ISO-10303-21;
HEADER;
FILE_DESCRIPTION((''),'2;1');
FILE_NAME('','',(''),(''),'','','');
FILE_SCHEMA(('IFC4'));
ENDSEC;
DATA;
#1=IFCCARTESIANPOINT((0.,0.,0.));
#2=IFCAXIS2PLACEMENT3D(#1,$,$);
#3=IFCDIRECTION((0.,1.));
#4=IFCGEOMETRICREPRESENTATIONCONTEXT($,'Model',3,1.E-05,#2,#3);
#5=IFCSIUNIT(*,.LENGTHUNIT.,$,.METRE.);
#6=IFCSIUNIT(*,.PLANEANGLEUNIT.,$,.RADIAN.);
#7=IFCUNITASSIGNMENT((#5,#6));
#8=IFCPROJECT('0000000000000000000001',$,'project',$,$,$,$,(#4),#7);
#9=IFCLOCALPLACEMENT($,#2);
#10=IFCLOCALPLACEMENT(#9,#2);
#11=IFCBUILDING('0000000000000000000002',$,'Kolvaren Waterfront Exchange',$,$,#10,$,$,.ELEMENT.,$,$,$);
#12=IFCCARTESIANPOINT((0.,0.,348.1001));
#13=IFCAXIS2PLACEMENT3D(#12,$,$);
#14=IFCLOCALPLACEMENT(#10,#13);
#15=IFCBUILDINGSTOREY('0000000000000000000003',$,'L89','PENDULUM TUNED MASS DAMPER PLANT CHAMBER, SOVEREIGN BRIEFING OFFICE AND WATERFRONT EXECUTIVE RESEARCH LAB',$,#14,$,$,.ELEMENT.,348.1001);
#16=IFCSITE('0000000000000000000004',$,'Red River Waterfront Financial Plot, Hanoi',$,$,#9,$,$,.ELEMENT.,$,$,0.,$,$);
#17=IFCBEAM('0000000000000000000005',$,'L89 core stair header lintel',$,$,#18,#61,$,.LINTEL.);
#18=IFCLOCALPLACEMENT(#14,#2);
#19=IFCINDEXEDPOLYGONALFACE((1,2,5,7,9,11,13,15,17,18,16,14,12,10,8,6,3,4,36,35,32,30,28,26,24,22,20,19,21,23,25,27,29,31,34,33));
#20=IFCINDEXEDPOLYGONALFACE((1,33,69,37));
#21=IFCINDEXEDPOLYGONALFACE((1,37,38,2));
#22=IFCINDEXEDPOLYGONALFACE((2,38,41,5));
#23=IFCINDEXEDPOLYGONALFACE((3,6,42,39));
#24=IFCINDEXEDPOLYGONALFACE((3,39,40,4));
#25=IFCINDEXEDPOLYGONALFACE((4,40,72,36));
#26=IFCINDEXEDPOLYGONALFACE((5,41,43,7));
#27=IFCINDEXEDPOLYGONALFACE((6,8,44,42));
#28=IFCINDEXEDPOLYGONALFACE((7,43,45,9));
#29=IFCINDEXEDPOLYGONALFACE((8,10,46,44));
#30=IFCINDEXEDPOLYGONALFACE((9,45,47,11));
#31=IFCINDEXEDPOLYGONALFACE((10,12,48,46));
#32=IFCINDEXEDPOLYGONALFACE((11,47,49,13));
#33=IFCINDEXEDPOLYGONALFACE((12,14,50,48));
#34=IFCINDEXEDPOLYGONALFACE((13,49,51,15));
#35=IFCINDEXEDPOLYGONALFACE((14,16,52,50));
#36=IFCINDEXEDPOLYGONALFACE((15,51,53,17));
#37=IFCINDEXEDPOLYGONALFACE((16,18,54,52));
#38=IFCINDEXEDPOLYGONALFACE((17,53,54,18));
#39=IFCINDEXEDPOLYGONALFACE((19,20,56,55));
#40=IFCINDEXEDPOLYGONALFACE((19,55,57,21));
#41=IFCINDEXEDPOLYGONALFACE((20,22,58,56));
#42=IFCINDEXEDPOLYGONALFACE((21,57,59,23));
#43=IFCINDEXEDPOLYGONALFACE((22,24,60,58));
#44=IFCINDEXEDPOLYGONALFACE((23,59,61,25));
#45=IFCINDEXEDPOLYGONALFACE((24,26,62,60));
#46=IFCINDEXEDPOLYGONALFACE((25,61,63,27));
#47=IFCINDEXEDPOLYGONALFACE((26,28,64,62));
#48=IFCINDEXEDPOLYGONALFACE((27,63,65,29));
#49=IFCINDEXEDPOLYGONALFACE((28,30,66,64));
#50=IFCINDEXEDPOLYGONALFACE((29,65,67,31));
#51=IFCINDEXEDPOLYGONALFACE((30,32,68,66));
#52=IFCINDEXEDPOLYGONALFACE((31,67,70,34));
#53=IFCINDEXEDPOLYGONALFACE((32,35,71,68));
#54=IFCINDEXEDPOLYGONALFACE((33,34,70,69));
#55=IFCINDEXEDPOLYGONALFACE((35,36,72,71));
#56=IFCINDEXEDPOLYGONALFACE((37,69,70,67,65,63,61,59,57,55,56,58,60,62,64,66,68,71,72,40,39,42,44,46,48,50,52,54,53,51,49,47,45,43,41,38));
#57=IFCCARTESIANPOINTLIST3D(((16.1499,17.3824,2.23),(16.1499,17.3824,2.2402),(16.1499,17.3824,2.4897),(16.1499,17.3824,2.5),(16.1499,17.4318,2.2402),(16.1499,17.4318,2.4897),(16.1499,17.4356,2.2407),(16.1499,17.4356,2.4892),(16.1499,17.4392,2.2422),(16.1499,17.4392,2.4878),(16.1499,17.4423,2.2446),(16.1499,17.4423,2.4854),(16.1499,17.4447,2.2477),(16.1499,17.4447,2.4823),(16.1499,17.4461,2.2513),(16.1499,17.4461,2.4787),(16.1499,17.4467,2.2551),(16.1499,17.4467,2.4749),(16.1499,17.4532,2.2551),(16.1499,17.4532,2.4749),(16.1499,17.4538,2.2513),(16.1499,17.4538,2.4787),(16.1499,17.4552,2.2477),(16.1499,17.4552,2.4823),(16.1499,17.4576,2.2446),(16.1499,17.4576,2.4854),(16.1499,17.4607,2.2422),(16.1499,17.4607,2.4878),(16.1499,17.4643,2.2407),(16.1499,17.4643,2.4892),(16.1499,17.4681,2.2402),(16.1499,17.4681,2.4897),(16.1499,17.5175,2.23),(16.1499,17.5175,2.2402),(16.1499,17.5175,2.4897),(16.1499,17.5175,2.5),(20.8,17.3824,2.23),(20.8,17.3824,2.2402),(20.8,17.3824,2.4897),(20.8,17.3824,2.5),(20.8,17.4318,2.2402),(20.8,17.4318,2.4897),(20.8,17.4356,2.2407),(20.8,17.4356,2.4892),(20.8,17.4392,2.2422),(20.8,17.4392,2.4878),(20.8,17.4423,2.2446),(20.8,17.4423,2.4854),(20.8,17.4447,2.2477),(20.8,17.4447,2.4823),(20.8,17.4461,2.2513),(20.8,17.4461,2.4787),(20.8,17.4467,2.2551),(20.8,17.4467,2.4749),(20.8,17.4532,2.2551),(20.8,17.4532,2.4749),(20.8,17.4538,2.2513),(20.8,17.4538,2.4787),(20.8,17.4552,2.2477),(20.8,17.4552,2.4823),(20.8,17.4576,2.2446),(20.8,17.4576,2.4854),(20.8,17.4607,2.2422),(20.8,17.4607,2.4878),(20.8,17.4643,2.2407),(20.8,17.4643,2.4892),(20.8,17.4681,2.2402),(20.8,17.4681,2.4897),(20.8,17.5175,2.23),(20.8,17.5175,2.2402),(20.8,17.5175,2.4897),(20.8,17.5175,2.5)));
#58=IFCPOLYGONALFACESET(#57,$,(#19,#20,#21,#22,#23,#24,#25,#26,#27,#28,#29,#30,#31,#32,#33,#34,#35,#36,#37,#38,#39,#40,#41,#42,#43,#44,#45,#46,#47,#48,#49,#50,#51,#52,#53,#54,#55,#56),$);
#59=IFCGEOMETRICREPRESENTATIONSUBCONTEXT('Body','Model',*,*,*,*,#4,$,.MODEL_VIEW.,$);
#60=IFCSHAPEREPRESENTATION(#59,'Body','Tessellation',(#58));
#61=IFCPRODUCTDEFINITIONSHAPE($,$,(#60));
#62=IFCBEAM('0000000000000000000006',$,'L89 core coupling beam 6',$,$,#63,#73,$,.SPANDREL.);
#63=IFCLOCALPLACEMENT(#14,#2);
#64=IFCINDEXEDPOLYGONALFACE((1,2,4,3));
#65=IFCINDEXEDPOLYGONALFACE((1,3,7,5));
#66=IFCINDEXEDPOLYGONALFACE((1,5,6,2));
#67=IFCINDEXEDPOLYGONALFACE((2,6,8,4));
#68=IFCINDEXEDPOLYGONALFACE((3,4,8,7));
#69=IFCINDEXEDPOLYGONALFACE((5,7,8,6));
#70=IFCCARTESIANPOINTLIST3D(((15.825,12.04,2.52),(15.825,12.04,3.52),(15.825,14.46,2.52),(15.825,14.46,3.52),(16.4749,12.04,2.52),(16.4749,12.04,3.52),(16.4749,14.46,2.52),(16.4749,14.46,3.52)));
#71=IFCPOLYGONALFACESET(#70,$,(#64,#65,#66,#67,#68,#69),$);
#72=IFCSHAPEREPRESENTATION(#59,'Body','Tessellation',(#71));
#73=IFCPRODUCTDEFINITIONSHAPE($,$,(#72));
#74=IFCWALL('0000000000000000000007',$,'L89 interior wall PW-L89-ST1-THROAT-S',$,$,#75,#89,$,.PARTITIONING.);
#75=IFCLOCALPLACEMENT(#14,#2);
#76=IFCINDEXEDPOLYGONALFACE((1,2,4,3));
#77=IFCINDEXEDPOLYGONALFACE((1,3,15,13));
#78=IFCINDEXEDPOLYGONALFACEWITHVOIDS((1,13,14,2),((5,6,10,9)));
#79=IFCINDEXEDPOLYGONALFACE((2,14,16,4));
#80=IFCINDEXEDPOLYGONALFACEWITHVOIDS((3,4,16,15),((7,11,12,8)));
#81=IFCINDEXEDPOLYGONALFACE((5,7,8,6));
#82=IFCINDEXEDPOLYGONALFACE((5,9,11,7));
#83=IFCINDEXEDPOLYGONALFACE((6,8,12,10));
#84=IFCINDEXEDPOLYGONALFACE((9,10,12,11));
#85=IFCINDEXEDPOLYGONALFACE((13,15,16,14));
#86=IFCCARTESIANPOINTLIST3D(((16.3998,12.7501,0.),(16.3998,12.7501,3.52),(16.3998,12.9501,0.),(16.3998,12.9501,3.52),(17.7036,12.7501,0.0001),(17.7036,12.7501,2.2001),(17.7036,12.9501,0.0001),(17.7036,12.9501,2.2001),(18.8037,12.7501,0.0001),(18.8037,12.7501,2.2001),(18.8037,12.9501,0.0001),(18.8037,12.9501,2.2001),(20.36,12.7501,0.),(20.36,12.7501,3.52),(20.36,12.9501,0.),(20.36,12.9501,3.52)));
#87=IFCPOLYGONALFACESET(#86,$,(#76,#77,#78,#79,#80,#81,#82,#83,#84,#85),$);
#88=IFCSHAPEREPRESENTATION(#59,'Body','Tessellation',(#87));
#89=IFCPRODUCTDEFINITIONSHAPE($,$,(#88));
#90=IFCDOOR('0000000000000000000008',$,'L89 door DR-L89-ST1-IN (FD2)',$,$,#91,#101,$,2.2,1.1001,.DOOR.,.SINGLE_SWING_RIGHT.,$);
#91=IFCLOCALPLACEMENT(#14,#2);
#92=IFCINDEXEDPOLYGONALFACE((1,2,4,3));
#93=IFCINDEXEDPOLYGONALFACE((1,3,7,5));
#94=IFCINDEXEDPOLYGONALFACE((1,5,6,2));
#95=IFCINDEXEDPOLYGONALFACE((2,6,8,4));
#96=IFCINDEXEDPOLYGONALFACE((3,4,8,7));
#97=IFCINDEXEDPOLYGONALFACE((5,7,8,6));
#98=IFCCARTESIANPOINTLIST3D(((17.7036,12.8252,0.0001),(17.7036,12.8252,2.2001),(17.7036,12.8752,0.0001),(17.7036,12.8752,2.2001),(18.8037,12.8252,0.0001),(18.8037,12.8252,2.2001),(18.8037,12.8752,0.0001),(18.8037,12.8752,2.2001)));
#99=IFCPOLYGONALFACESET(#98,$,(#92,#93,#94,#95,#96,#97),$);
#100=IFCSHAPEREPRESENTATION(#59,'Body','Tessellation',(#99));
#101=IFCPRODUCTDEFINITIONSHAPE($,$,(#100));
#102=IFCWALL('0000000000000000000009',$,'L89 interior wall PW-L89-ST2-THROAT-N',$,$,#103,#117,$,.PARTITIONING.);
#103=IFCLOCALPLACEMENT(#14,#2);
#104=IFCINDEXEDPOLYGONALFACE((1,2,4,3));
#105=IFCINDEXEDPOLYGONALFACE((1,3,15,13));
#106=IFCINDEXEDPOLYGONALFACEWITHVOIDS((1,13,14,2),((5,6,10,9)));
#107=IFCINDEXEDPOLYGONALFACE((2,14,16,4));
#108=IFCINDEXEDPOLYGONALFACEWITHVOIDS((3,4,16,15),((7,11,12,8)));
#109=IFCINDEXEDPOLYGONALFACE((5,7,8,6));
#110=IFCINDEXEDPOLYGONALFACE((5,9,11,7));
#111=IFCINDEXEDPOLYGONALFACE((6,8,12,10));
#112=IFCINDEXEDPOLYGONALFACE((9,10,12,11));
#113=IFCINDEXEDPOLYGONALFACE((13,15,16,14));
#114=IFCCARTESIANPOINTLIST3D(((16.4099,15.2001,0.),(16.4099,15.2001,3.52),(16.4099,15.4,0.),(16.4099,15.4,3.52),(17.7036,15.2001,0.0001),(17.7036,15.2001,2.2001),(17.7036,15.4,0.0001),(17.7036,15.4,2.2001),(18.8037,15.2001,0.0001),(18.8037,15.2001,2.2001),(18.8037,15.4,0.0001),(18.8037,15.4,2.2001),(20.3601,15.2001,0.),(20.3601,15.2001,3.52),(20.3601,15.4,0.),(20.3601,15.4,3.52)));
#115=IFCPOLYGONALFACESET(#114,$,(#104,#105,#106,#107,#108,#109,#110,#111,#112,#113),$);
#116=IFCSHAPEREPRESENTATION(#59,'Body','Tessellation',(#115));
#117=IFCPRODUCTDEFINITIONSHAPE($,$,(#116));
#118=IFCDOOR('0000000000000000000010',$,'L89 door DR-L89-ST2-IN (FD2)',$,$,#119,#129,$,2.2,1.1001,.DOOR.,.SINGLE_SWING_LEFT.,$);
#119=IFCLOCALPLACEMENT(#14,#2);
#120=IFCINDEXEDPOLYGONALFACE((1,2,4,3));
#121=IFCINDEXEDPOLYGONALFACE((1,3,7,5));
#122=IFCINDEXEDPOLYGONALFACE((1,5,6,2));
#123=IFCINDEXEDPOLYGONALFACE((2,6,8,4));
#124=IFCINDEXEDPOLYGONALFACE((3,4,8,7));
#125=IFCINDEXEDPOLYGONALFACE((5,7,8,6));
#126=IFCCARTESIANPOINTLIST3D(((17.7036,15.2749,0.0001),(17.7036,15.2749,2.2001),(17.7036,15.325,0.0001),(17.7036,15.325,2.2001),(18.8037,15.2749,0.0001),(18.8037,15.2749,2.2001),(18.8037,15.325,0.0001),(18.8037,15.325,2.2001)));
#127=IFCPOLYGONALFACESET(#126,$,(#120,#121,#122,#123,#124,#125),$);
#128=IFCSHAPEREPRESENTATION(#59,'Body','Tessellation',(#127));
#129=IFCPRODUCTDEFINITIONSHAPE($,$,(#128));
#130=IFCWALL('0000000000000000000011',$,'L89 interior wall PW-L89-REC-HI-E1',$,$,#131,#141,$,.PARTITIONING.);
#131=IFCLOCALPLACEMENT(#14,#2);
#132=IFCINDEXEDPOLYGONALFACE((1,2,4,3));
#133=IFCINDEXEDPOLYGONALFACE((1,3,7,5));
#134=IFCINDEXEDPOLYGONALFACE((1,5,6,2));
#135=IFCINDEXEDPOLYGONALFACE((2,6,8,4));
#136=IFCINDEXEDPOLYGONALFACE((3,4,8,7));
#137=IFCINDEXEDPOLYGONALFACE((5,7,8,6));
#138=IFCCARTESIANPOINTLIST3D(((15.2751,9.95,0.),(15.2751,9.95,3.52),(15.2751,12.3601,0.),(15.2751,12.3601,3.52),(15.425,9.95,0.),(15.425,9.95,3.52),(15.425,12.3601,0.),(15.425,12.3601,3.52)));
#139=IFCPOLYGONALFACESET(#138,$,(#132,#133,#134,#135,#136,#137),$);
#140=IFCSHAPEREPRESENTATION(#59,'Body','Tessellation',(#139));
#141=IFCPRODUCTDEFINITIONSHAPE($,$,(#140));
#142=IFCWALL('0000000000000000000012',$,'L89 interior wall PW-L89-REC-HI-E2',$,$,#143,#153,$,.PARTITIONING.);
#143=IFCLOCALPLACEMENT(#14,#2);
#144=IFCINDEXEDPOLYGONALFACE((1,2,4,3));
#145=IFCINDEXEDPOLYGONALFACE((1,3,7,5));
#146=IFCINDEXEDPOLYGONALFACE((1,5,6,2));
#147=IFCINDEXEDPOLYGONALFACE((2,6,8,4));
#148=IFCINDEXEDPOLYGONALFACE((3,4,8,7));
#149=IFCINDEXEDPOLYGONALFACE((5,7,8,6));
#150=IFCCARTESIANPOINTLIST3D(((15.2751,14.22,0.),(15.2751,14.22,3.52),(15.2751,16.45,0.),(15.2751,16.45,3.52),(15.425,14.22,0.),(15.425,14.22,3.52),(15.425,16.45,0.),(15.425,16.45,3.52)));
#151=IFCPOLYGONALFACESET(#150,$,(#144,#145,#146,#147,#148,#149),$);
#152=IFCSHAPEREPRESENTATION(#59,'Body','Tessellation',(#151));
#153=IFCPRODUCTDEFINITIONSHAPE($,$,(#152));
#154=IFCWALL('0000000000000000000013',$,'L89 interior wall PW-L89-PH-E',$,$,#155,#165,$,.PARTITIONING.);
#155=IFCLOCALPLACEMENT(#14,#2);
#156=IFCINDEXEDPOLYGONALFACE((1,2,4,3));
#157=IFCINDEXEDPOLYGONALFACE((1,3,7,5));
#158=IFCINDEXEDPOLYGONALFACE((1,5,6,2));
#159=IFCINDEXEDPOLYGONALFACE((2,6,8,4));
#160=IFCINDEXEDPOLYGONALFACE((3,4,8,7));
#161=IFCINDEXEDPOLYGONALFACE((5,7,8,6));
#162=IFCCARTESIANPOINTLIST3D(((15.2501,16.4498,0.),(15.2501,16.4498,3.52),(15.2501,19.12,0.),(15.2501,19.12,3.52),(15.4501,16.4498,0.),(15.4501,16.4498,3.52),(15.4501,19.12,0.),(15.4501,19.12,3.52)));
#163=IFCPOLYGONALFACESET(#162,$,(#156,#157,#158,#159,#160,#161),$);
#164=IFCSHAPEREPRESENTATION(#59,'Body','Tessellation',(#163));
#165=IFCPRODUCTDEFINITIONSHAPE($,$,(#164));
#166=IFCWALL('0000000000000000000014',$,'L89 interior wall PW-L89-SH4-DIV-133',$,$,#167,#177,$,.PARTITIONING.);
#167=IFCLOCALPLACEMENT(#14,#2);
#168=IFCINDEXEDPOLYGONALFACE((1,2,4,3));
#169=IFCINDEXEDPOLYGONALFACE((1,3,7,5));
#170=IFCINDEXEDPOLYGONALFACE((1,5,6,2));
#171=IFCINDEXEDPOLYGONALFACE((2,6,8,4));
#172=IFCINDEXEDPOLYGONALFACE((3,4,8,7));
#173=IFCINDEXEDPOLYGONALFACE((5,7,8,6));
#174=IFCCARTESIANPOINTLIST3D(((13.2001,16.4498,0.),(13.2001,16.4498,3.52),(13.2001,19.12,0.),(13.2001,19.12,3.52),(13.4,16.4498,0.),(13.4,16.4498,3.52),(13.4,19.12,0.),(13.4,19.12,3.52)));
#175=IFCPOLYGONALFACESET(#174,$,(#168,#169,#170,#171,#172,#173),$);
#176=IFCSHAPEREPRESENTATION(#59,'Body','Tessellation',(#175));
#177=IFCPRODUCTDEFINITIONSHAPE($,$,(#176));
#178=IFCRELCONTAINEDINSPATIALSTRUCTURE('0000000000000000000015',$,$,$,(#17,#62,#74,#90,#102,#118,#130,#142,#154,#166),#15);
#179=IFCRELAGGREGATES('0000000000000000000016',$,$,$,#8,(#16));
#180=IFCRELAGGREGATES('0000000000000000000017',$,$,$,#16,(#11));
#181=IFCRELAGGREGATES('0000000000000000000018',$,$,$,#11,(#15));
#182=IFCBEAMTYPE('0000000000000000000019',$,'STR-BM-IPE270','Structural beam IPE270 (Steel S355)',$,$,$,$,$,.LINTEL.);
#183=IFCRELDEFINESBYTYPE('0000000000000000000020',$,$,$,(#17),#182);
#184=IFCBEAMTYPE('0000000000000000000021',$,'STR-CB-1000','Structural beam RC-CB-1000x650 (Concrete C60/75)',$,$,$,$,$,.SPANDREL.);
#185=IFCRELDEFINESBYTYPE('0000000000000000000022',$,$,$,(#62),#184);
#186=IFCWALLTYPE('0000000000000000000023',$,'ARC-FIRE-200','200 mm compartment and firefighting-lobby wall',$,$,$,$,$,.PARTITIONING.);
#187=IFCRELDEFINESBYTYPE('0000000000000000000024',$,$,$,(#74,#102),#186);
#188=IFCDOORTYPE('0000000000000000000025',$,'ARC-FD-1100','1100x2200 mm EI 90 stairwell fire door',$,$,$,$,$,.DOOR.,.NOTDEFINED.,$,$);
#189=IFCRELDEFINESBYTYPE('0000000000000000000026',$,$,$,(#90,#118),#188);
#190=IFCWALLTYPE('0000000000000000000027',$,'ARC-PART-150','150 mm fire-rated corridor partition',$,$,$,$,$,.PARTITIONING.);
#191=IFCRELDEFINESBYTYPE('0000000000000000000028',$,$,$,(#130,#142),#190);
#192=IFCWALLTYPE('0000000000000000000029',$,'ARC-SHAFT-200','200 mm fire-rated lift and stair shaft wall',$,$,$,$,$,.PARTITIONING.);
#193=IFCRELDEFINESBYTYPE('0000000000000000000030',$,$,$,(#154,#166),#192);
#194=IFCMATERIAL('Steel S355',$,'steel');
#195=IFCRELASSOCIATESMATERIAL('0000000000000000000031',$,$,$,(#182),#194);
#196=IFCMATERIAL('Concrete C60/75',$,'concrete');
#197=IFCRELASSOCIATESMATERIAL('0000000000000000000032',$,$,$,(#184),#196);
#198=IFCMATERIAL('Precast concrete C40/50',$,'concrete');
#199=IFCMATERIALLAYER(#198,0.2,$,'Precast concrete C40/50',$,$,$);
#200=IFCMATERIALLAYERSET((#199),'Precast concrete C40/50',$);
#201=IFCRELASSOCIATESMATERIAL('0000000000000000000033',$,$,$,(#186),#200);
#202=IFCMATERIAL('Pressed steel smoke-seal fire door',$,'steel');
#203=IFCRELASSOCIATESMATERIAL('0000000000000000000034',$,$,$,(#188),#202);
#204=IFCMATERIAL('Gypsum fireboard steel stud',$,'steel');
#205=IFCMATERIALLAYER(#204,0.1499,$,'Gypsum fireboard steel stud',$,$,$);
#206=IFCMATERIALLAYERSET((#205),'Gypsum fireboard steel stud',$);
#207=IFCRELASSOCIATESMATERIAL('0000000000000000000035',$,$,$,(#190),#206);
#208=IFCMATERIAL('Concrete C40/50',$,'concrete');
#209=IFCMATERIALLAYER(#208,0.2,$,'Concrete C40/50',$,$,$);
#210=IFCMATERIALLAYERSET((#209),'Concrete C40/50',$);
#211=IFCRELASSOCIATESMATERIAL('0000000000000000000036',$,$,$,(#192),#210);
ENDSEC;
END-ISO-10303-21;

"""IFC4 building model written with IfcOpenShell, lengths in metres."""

from ifc_helpers import new_model, si_unit, direction, frame, frame_2d, origin, origin_2d, place, context, subcontext, project, spatial, rectangle, i_section, extrude, material, layer, layer_set, material_profile, profile_set, type_object, element, fill, save


model = new_model("IFC4")

# Units and contexts
model_context = context("Model", 3, precision=1e-05, world=origin(), true_north=direction((0.0, 1.0)))
body_context = subcontext(model_context, "Body", "Model", "MODEL_VIEW")
ifc_project = project(units=[si_unit("LENGTHUNIT", "METRE"), si_unit("PLANEANGLEUNIT", "RADIAN")], contexts=[model_context])

# Site, building, storey
site_placement = place(None, origin())
site = spatial("IfcSite", under=ifc_project, at=site_placement, Name="Red River Waterfront Financial Plot, Hanoi", CompositionType="ELEMENT", RefElevation=0.0)
building_placement = place(site_placement, origin())
building = spatial("IfcBuilding", under=site, at=building_placement, Name="Kolvaren Waterfront Exchange", CompositionType="ELEMENT")
storey_placement = place(building_placement, frame((0.0, 0.0, 348.1001)))
storey = spatial("IfcBuildingStorey", under=building, at=storey_placement, Name="L89", Description="PENDULUM TUNED MASS DAMPER PLANT CHAMBER, SOVEREIGN BRIEFING OFFICE AND WATERFRONT EXECUTIVE RESEARCH LAB", CompositionType="ELEMENT", Elevation=348.1001)

# Beams
ifc_material_1 = material(Name="Steel S355", Category="steel")
ifc_material_profile_1 = material_profile(ifc_material_1, i_section(OverallWidth=0.135, OverallDepth=0.27, WebThickness=0.0066, FlangeThickness=0.0103, FilletRadius=0.0149, at=origin_2d()), Name="IPE270")
ifc_profile_set_1 = profile_set([ifc_material_profile_1], Name="Steel S355")
beam_type_1 = type_object("IfcBeamType", Name="STR-BM-IPE270", Description="Structural beam IPE270 (Steel S355)", PredefinedType="LINTEL", material=ifc_profile_set_1)
beam_1_placement = place(storey_placement, frame((16.1499, 17.45, 2.365), z_axis=(1.0, 0.0, 0.0), x_axis=(0.0, 1.0, 0.0)))
element("IfcBeam", 1, at=beam_1_placement, inside=storey, type_object=beam_type_1, Name="L89 core stair header lintel", PredefinedType="LINTEL", context=body_context, shape_type="SweptSolid", body=[
    extrude(i_section(OverallWidth=0.135, OverallDepth=0.27, WebThickness=0.0066, FlangeThickness=0.0103, FilletRadius=0.0149, at=origin_2d()), origin(), (0.0, 0.0, 1.0), 4.6501),
])
ifc_material_2 = material(Name="Concrete C60/75", Category="concrete")
ifc_material_profile_2 = material_profile(ifc_material_2, rectangle(XDim=0.6499, YDim=1.0, at=origin_2d()), Name="RC-CB-1000x650")
ifc_profile_set_2 = profile_set([ifc_material_profile_2], Name="Concrete C60/75")
beam_type_2 = type_object("IfcBeamType", Name="STR-CB-1000", Description="Structural beam RC-CB-1000x650 (Concrete C60/75)", PredefinedType="SPANDREL", material=ifc_profile_set_2)
beam_2_placement = place(storey_placement, frame((16.1499, 12.04, 3.02), z_axis=(0.0, 1.0, 0.0), x_axis=(-1.0, 0.0, 0.0)))
element("IfcBeam", 2, at=beam_2_placement, inside=storey, type_object=beam_type_2, Name="L89 core coupling beam 6", PredefinedType="SPANDREL", context=body_context, shape_type="SweptSolid", body=[
    extrude(rectangle(XDim=0.6499, YDim=1.0, at=origin_2d()), origin(), (0.0, 0.0, 1.0), 2.4199),
])

# Walls, openings, doors
ifc_material_3 = material(Name="Precast concrete C40/50", Category="concrete")
ifc_layer_1 = layer(ifc_material_3, 0.2, Name="Precast concrete C40/50")
ifc_layer_set_1 = layer_set([ifc_layer_1], Name="Precast concrete C40/50")
wall_type_1 = type_object("IfcWallType", Name="ARC-FIRE-200", Description="200 mm compartment and firefighting-lobby wall", PredefinedType="PARTITIONING", material=ifc_layer_set_1)
wall_1_placement = place(storey_placement, frame((16.3999, 12.8501, 0.0), z_axis=(0.0, 0.0, 1.0), x_axis=(1.0, 0.0, 0.0)))
wall_1 = element("IfcWall", 3, at=wall_1_placement, inside=storey, type_object=wall_type_1, Name="L89 interior wall PW-L89-ST1-THROAT-S", PredefinedType="PARTITIONING", context=body_context, shape_type="SweptSolid", body=[
    extrude(rectangle(XDim=3.9602, YDim=0.2, at=frame_2d((1.98, 0.0))), origin(), (0.0, 0.0, 1.0), 3.52),
])
opening_1_placement = place(wall_1_placement, frame((1.3037, 0.0, 0.0)))
opening_1 = element("IfcOpeningElement", 4, at=opening_1_placement, cuts=wall_1, PredefinedType="OPENING", context=body_context, shape_type="SweptSolid", body=[
    extrude(rectangle(XDim=1.1001, YDim=2.2, at=frame_2d((0.55, 1.1001))), frame((0.0, 0.1099, 0.0), z_axis=(0.0, -1.0, 0.0), x_axis=(1.0, 0.0, 0.0)), (0.0, 0.0, 1.0), 0.22),
])
ifc_material_4 = material(Name="Pressed steel smoke-seal fire door", Category="steel")
door_type = type_object("IfcDoorType", Name="ARC-FD-1100", Description="1100x2200 mm EI 90 stairwell fire door", OperationType="NOTDEFINED", PredefinedType="DOOR", material=ifc_material_4)
door_1_placement = place(opening_1_placement, frame((1.1001, 0.0, 0.0), z_axis=(0.0, 0.0, 1.0), x_axis=(-1.0, 0.0, 0.0)))
door_1 = element("IfcDoor", 5, at=door_1_placement, inside=storey, type_object=door_type, Name="L89 door DR-L89-ST1-IN (FD2)", OperationType="SINGLE_SWING_RIGHT", OverallHeight=2.2, OverallWidth=1.1001, PredefinedType="DOOR", context=body_context, shape_type="SweptSolid", body=[
    extrude(rectangle(XDim=1.1001, YDim=2.2, at=frame_2d((0.55, 1.1001))), frame((0.0, 0.0249, 0.0), z_axis=(0.0, -1.0, 0.0), x_axis=(1.0, 0.0, 0.0)), (0.0, 0.0, 1.0), 0.05),
])
fill(opening_1, door_1)
wall_2_placement = place(storey_placement, frame((16.4099, 15.3, 0.0), z_axis=(0.0, 0.0, 1.0), x_axis=(1.0, 0.0, 0.0)))
wall_2 = element("IfcWall", 6, at=wall_2_placement, inside=storey, type_object=wall_type_1, Name="L89 interior wall PW-L89-ST2-THROAT-N", PredefinedType="PARTITIONING", context=body_context, shape_type="SweptSolid", body=[
    extrude(rectangle(XDim=3.9502, YDim=0.2, at=frame_2d((1.9751, 0.0))), origin(), (0.0, 0.0, 1.0), 3.52),
])
opening_2_placement = place(wall_2_placement, frame((1.2937, 0.0, 0.0)))
opening_2 = element("IfcOpeningElement", 7, at=opening_2_placement, cuts=wall_2, PredefinedType="OPENING", context=body_context, shape_type="SweptSolid", body=[
    extrude(rectangle(XDim=1.1001, YDim=2.2, at=frame_2d((0.55, 1.1001))), frame((0.0, 0.1099, 0.0), z_axis=(0.0, -1.0, 0.0), x_axis=(1.0, 0.0, 0.0)), (0.0, 0.0, 1.0), 0.22),
])
door_2_placement = place(opening_2_placement, origin())
door_2 = element("IfcDoor", 8, at=door_2_placement, inside=storey, type_object=door_type, Name="L89 door DR-L89-ST2-IN (FD2)", OperationType="SINGLE_SWING_LEFT", OverallHeight=2.2, OverallWidth=1.1001, PredefinedType="DOOR", context=body_context, shape_type="SweptSolid", body=[
    extrude(rectangle(XDim=1.1001, YDim=2.2, at=frame_2d((0.55, 1.1001))), frame((0.0, 0.0249, 0.0), z_axis=(0.0, -1.0, 0.0), x_axis=(1.0, 0.0, 0.0)), (0.0, 0.0, 1.0), 0.05),
])
fill(opening_2, door_2)

# Walls
ifc_material_5 = material(Name="Gypsum fireboard steel stud", Category="steel")
ifc_layer_2 = layer(ifc_material_5, 0.1499, Name="Gypsum fireboard steel stud")
ifc_layer_set_2 = layer_set([ifc_layer_2], Name="Gypsum fireboard steel stud")
wall_type_2 = type_object("IfcWallType", Name="ARC-PART-150", Description="150 mm fire-rated corridor partition", PredefinedType="PARTITIONING", material=ifc_layer_set_2)
wall_3_placement = place(storey_placement, frame((15.3501, 9.95, 0.0), z_axis=(0.0, 0.0, 1.0), x_axis=(0.0, 1.0, 0.0)))
element("IfcWall", 9, at=wall_3_placement, inside=storey, type_object=wall_type_2, Name="L89 interior wall PW-L89-REC-HI-E1", PredefinedType="PARTITIONING", context=body_context, shape_type="SweptSolid", body=[
    extrude(rectangle(XDim=2.4102, YDim=0.1499, at=frame_2d((1.2051, 0.0))), origin(), (0.0, 0.0, 1.0), 3.52),
])
wall_4_placement = place(storey_placement, frame((15.3501, 14.22, 0.0), z_axis=(0.0, 0.0, 1.0), x_axis=(0.0, 1.0, 0.0)))
element("IfcWall", 10, at=wall_4_placement, inside=storey, type_object=wall_type_2, Name="L89 interior wall PW-L89-REC-HI-E2", PredefinedType="PARTITIONING", context=body_context, shape_type="SweptSolid", body=[
    extrude(rectangle(XDim=2.23, YDim=0.1499, at=frame_2d((1.115, 0.0))), origin(), (0.0, 0.0, 1.0), 3.52),
])
ifc_material_6 = material(Name="Concrete C40/50", Category="concrete")
ifc_layer_3 = layer(ifc_material_6, 0.2, Name="Concrete C40/50")
ifc_layer_set_3 = layer_set([ifc_layer_3], Name="Concrete C40/50")
wall_type_3 = type_object("IfcWallType", Name="ARC-SHAFT-200", Description="200 mm fire-rated lift and stair shaft wall", PredefinedType="PARTITIONING", material=ifc_layer_set_3)
for number, where, z_axis, x_axis, name in (
    (11, (15.3501, 16.45, 0.0), (0.0, 0.0, 1.0), (0.0, 1.0, 0.0), "L89 interior wall PW-L89-PH-E"),
    (12, (13.3, 16.45, 0.0), (0.0, 0.0, 1.0), (0.0, 1.0, 0.0), "L89 interior wall PW-L89-SH4-DIV-133"),
):
    element("IfcWall", number, at=place(storey_placement, frame(where, z_axis=z_axis, x_axis=x_axis)), inside=storey, type_object=wall_type_3, Name=name, PredefinedType="PARTITIONING", context=body_context, shape_type="SweptSolid", body=[
        extrude(rectangle(XDim=2.6702, YDim=0.2, at=frame_2d((1.335, 0.0))), origin(), (0.0, 0.0, 1.0), 3.52),
    ])

save(model, "model.ifc")
